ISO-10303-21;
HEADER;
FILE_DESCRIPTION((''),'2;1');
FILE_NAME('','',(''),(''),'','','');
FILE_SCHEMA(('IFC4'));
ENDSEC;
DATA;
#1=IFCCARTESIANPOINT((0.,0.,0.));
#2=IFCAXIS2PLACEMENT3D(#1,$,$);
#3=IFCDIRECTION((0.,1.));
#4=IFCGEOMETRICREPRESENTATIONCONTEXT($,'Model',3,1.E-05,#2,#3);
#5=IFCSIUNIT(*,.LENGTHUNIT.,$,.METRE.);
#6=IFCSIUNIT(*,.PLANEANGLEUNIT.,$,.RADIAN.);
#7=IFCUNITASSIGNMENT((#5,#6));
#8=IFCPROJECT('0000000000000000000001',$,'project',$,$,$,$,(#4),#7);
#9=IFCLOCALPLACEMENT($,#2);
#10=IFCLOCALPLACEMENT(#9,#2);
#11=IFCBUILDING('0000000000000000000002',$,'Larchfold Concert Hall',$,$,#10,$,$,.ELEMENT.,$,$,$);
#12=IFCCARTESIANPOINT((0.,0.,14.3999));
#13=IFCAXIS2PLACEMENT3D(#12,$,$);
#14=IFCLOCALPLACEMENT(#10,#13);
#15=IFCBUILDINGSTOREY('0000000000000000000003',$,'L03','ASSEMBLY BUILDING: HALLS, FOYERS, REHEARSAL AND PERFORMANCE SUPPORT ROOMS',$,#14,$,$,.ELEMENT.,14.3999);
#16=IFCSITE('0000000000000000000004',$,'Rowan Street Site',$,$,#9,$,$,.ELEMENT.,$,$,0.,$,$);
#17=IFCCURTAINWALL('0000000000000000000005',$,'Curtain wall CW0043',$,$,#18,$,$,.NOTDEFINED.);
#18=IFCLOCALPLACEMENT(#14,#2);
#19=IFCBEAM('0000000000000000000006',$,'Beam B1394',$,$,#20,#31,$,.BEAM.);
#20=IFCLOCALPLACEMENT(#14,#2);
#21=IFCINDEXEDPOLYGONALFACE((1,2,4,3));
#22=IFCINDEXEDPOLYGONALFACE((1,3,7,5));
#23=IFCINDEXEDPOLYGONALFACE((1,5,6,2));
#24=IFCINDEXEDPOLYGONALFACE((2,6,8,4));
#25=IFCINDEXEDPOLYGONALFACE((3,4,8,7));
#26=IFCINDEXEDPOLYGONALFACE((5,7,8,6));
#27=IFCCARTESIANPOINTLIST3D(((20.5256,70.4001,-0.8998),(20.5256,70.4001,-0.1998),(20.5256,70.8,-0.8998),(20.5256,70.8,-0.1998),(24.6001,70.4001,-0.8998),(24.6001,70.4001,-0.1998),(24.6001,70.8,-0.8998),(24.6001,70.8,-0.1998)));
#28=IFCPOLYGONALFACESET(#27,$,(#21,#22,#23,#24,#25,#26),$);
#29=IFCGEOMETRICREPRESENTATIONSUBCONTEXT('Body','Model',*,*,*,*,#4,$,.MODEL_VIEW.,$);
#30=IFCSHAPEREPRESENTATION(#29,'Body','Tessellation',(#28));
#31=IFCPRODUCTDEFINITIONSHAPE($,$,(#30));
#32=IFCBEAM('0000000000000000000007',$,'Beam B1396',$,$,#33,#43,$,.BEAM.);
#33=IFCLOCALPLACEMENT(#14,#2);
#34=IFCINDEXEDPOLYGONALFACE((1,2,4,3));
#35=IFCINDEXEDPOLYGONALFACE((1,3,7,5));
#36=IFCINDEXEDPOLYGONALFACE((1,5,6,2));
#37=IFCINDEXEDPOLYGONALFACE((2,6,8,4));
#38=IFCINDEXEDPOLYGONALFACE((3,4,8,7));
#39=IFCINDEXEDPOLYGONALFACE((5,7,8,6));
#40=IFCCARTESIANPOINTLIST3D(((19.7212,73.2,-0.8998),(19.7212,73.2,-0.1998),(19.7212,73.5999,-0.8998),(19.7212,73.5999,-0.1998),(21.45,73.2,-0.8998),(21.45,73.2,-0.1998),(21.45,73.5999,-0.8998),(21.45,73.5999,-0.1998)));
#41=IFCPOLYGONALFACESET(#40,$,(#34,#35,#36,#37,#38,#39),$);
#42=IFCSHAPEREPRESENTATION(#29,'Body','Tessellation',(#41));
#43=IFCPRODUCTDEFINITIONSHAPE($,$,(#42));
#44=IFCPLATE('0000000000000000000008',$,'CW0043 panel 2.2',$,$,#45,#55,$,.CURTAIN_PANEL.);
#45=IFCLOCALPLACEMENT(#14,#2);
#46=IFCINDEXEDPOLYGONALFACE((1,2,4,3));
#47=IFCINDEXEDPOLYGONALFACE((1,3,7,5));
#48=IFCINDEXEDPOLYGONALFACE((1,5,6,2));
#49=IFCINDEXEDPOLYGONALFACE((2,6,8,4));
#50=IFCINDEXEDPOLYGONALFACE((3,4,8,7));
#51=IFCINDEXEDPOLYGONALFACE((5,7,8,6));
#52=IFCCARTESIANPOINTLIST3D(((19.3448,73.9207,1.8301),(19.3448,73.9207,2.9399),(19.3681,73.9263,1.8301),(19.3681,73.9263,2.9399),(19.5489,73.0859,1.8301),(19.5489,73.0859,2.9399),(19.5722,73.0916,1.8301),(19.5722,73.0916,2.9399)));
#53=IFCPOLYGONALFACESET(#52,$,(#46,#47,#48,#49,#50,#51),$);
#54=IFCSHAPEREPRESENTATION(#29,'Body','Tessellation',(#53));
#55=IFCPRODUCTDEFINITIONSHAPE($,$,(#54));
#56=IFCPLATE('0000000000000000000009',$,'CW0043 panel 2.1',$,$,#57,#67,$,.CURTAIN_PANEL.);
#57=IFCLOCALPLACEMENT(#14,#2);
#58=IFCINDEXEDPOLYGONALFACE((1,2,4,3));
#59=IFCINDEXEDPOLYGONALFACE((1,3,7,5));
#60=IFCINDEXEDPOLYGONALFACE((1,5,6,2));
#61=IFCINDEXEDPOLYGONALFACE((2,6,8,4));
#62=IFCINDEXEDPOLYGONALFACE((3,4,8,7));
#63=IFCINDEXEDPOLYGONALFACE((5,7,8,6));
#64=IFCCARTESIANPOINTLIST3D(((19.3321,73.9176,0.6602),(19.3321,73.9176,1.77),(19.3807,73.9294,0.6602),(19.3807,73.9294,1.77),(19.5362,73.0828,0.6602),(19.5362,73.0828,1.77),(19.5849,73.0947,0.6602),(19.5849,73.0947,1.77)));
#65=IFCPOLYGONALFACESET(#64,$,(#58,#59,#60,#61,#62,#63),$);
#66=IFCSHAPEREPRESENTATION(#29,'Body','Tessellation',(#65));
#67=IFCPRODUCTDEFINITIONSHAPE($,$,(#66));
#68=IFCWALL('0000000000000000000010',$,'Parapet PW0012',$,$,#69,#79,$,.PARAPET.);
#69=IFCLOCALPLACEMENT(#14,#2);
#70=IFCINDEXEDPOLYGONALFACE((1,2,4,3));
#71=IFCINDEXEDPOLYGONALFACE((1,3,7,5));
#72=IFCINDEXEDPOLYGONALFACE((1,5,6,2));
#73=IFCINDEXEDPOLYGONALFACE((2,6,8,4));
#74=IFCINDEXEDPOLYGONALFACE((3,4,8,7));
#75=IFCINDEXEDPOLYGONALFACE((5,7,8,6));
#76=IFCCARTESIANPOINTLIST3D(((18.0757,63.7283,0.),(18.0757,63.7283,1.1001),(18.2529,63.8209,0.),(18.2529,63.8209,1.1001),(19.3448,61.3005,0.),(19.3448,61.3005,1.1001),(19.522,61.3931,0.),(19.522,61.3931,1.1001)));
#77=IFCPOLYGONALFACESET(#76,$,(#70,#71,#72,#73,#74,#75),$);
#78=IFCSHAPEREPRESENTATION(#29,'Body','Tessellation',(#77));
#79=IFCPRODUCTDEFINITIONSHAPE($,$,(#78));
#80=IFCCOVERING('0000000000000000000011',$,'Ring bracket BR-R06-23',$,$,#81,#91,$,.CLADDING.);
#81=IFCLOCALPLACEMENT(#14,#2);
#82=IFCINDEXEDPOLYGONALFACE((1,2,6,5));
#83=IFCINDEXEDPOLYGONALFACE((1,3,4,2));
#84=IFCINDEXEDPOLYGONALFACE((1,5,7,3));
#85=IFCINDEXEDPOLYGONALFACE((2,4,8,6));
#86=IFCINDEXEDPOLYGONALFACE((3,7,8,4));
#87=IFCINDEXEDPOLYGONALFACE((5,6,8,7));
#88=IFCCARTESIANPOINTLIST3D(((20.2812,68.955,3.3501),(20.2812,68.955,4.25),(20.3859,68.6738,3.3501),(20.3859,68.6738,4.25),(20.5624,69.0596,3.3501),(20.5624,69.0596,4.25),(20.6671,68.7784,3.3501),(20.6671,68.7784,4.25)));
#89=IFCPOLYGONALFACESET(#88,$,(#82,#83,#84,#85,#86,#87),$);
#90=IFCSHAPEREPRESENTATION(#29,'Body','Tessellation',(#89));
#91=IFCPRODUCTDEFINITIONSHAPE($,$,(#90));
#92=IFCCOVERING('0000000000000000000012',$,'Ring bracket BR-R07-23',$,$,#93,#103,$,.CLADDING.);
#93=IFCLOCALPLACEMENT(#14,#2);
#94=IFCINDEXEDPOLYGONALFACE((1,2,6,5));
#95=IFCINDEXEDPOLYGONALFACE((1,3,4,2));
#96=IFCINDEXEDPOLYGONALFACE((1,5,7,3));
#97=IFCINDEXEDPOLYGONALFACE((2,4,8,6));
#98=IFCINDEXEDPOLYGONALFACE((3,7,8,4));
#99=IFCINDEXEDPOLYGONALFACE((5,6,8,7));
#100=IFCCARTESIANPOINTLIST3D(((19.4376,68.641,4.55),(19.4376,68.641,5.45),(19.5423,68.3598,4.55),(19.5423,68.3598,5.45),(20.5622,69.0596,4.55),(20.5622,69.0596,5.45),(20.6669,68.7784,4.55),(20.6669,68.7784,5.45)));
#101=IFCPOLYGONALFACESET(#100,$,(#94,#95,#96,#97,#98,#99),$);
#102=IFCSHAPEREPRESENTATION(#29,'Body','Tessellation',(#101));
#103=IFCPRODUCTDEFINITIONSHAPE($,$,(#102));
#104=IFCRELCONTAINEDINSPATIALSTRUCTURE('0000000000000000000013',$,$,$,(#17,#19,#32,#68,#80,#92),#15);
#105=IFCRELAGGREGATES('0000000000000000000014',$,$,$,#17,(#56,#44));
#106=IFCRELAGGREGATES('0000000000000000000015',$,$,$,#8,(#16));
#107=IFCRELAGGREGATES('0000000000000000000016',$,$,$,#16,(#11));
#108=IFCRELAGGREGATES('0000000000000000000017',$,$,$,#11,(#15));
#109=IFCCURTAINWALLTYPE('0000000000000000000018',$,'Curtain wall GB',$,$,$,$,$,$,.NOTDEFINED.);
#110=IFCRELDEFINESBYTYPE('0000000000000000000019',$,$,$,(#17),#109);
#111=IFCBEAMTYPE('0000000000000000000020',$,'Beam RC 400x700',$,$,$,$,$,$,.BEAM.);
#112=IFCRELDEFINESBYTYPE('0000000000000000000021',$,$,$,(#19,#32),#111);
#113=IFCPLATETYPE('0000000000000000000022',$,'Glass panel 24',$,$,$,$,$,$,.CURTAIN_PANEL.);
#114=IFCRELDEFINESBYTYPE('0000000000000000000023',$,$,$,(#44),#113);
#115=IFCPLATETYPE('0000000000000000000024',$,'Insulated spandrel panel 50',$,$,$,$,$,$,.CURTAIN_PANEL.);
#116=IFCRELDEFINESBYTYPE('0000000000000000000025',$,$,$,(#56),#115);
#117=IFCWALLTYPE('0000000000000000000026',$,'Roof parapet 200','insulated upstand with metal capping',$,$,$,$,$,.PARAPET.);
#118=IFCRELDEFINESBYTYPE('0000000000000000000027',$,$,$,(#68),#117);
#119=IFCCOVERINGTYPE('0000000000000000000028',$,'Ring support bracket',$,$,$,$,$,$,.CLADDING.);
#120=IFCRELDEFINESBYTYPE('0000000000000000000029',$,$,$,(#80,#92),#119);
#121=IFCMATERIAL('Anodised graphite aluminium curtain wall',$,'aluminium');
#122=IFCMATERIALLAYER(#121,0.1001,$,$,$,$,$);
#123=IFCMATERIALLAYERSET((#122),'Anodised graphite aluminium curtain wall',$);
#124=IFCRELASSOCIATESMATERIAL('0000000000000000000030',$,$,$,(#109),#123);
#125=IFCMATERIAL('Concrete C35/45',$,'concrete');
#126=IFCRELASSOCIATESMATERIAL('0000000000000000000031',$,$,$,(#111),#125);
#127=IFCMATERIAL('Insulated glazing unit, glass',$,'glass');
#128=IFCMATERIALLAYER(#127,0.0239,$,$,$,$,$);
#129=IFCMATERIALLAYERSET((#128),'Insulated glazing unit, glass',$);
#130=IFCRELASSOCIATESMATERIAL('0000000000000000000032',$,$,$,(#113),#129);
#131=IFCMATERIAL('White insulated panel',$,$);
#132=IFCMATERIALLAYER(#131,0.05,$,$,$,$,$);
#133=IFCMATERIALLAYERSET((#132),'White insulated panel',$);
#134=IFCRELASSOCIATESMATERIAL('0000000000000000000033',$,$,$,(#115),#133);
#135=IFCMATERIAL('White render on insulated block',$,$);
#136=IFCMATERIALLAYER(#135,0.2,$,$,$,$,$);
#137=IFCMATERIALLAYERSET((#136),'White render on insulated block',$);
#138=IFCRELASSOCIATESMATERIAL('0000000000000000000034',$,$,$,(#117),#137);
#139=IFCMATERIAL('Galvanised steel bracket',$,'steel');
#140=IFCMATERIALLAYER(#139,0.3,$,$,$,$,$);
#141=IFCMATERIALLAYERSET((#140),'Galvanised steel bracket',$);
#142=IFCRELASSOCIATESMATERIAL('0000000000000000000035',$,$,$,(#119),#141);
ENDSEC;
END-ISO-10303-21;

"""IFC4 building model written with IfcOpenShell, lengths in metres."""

from ifc_helpers import new_model, si_unit, direction, frame, frame_2d, origin, origin_2d, place, context, subcontext, project, spatial, rectangle, extrude, material, layer, layer_set, material_profile, profile_set, type_object, element, aggregate, save


model = new_model("IFC4")

# Units and contexts
model_context = context("Model", 3, precision=1e-05, world=origin(), true_north=direction((0.0, 1.0)))
body_context = subcontext(model_context, "Body", "Model", "MODEL_VIEW")
ifc_project = project(units=[si_unit("LENGTHUNIT", "METRE"), si_unit("PLANEANGLEUNIT", "RADIAN")], contexts=[model_context])

# Site, building, storey
site_placement = place(None, origin())
site = spatial("IfcSite", under=ifc_project, at=site_placement, Name="Rowan Street Site", CompositionType="ELEMENT", RefElevation=0.0)
building_placement = place(site_placement, origin())
building = spatial("IfcBuilding", under=site, at=building_placement, Name="Larchfold Concert Hall", CompositionType="ELEMENT")
storey_placement = place(building_placement, frame((0.0, 0.0, 14.3999)))
storey = spatial("IfcBuildingStorey", under=building, at=storey_placement, Name="L03", Description="ASSEMBLY BUILDING: HALLS, FOYERS, REHEARSAL AND PERFORMANCE SUPPORT ROOMS", CompositionType="ELEMENT", Elevation=14.3999)

# Curtain wall
ifc_material_1 = material(Name="Anodised graphite aluminium curtain wall", Category="aluminium")
ifc_layer_1 = layer(ifc_material_1, 0.1001)
ifc_layer_set_1 = layer_set([ifc_layer_1], Name="Anodised graphite aluminium curtain wall")
curtain_wall_type = type_object("IfcCurtainWallType", Name="Curtain wall GB", PredefinedType="NOTDEFINED", material=ifc_layer_set_1)
curtain_wall_1_placement = place(storey_placement, origin())
curtain_wall_1 = element("IfcCurtainWall", 1, at=curtain_wall_1_placement, inside=storey, type_object=curtain_wall_type, Name="Curtain wall CW0043", PredefinedType="NOTDEFINED")

# Beams
ifc_material_2 = material(Name="Concrete C35/45", Category="concrete")
ifc_material_profile_1 = material_profile(ifc_material_2, rectangle(XDim=0.3999, YDim=0.7, at=origin_2d()))
ifc_profile_set_1 = profile_set([ifc_material_profile_1], Name="Concrete C35/45")
beam_type = type_object("IfcBeamType", Name="Beam RC 400x700", PredefinedType="BEAM", material=ifc_profile_set_1)
beam_1_placement = place(storey_placement, frame((20.5256, 70.6001, -0.5498), z_axis=(1.0, 0.0, 0.0), x_axis=(0.0, 1.0, 0.0)))
element("IfcBeam", 2, at=beam_1_placement, inside=storey, type_object=beam_type, Name="Beam B1394", PredefinedType="BEAM", context=body_context, shape_type="SweptSolid", body=[
    extrude(rectangle(XDim=0.3999, YDim=0.7, at=origin_2d()), origin(), (0.0, 0.0, 1.0), 4.0745),
])
beam_2_placement = place(storey_placement, frame((19.7212, 73.3999, -0.5498), z_axis=(1.0, 0.0, 0.0), x_axis=(0.0, 1.0, 0.0)))
element("IfcBeam", 3, at=beam_2_placement, inside=storey, type_object=beam_type, Name="Beam B1396", PredefinedType="BEAM", context=body_context, shape_type="SweptSolid", body=[
    extrude(rectangle(XDim=0.3999, YDim=0.7, at=origin_2d()), origin(), (0.0, 0.0, 1.0), 1.7288),
])

# Plates
ifc_material_3 = material(Name="Insulated glazing unit, glass", Category="glass")
ifc_layer_2 = layer(ifc_material_3, 0.0239)
ifc_layer_set_2 = layer_set([ifc_layer_2], Name="Insulated glazing unit, glass")
plate_type_1 = type_object("IfcPlateType", Name="Glass panel 24", PredefinedType="CURTAIN_PANEL", material=ifc_layer_set_2)
plate_1_placement = place(storey_placement, frame((19.4585, 73.5061, 1.8301), z_axis=(0.0, 0.0, 1.0), x_axis=(0.23751, -0.971385, 0.0)))
plate_1 = element("IfcPlate", 4, at=plate_1_placement, type_object=plate_type_1, Name="CW0043 panel 2.2", PredefinedType="CURTAIN_PANEL", context=body_context, shape_type="SweptSolid", body=[
    extrude(rectangle(XDim=0.8594, YDim=0.0239, at=origin_2d()), origin(), (0.0, 0.0, 1.0), 1.1099),
])
ifc_material_4 = material(Name="White insulated panel")
ifc_layer_3 = layer(ifc_material_4, 0.05)
ifc_layer_set_3 = layer_set([ifc_layer_3], Name="White insulated panel")
plate_type_2 = type_object("IfcPlateType", Name="Insulated spandrel panel 50", PredefinedType="CURTAIN_PANEL", material=ifc_layer_set_3)
plate_2_placement = place(storey_placement, frame((19.4585, 73.5061, 0.6602), z_axis=(0.0, 0.0, 1.0), x_axis=(0.23751, -0.971385, 0.0)))
plate_2 = element("IfcPlate", 5, at=plate_2_placement, type_object=plate_type_2, Name="CW0043 panel 2.1", PredefinedType="CURTAIN_PANEL", context=body_context, shape_type="SweptSolid", body=[
    extrude(rectangle(XDim=0.8594, YDim=0.05, at=origin_2d()), origin(), (0.0, 0.0, 1.0), 1.1099),
])
aggregate(curtain_wall_1, [plate_2, plate_1])

# Wall
ifc_material_5 = material(Name="White render on insulated block")
ifc_layer_4 = layer(ifc_material_5, 0.2)
ifc_layer_set_4 = layer_set([ifc_layer_4], Name="White render on insulated block")
wall_type_1 = type_object("IfcWallType", Name="Roof parapet 200", Description="insulated upstand with metal capping", PredefinedType="PARAPET", material=ifc_layer_set_4)
wall_1_placement = place(storey_placement, frame((19.4333, 61.3469, 0.0), z_axis=(0.0, 0.0, 1.0), x_axis=(-0.463254, 0.886225, 0.0)))
element("IfcWall", 6, at=wall_1_placement, inside=storey, type_object=wall_type_1, Name="Parapet PW0012", PredefinedType="PARAPET", context=body_context, shape_type="SweptSolid", body=[
    extrude(rectangle(XDim=2.7395, YDim=0.2, at=frame_2d((1.3696, 0.0))), origin(), (0.0, 0.0, 1.0), 1.1001),
])

# Coverings
ifc_material_6 = material(Name="Galvanised steel bracket", Category="steel")
ifc_layer_5 = layer(ifc_material_6, 0.3)
ifc_layer_set_5 = layer_set([ifc_layer_5], Name="Galvanised steel bracket")
covering_type = type_object("IfcCoveringType", Name="Ring support bracket", PredefinedType="CLADDING", material=ifc_layer_set_5)
covering_1_placement = place(storey_placement, frame((20.4741, 68.8667, 3.3501), z_axis=(0.0, 0.0, 1.0), x_axis=(-0.937177, -0.348853, 0.0)))
element("IfcCovering", 7, at=covering_1_placement, inside=storey, type_object=covering_type, Name="Ring bracket BR-R06-23", PredefinedType="CLADDING", context=body_context, shape_type="SweptSolid", body=[
    extrude(rectangle(XDim=0.3, YDim=0.3, at=origin_2d()), origin(), (0.0, 0.0, 1.0), 0.8999),
])
covering_2_placement = place(storey_placement, frame((20.0522, 68.7097, 4.55), z_axis=(0.0, 0.0, 1.0), x_axis=(-0.937177, -0.348853, 0.0)))
element("IfcCovering", 8, at=covering_2_placement, inside=storey, type_object=covering_type, Name="Ring bracket BR-R07-23", PredefinedType="CLADDING", context=body_context, shape_type="SweptSolid", body=[
    extrude(rectangle(XDim=1.2, YDim=0.3, at=origin_2d()), origin(), (0.0, 0.0, 1.0), 0.8999),
])

save(model, "model.ifc")
